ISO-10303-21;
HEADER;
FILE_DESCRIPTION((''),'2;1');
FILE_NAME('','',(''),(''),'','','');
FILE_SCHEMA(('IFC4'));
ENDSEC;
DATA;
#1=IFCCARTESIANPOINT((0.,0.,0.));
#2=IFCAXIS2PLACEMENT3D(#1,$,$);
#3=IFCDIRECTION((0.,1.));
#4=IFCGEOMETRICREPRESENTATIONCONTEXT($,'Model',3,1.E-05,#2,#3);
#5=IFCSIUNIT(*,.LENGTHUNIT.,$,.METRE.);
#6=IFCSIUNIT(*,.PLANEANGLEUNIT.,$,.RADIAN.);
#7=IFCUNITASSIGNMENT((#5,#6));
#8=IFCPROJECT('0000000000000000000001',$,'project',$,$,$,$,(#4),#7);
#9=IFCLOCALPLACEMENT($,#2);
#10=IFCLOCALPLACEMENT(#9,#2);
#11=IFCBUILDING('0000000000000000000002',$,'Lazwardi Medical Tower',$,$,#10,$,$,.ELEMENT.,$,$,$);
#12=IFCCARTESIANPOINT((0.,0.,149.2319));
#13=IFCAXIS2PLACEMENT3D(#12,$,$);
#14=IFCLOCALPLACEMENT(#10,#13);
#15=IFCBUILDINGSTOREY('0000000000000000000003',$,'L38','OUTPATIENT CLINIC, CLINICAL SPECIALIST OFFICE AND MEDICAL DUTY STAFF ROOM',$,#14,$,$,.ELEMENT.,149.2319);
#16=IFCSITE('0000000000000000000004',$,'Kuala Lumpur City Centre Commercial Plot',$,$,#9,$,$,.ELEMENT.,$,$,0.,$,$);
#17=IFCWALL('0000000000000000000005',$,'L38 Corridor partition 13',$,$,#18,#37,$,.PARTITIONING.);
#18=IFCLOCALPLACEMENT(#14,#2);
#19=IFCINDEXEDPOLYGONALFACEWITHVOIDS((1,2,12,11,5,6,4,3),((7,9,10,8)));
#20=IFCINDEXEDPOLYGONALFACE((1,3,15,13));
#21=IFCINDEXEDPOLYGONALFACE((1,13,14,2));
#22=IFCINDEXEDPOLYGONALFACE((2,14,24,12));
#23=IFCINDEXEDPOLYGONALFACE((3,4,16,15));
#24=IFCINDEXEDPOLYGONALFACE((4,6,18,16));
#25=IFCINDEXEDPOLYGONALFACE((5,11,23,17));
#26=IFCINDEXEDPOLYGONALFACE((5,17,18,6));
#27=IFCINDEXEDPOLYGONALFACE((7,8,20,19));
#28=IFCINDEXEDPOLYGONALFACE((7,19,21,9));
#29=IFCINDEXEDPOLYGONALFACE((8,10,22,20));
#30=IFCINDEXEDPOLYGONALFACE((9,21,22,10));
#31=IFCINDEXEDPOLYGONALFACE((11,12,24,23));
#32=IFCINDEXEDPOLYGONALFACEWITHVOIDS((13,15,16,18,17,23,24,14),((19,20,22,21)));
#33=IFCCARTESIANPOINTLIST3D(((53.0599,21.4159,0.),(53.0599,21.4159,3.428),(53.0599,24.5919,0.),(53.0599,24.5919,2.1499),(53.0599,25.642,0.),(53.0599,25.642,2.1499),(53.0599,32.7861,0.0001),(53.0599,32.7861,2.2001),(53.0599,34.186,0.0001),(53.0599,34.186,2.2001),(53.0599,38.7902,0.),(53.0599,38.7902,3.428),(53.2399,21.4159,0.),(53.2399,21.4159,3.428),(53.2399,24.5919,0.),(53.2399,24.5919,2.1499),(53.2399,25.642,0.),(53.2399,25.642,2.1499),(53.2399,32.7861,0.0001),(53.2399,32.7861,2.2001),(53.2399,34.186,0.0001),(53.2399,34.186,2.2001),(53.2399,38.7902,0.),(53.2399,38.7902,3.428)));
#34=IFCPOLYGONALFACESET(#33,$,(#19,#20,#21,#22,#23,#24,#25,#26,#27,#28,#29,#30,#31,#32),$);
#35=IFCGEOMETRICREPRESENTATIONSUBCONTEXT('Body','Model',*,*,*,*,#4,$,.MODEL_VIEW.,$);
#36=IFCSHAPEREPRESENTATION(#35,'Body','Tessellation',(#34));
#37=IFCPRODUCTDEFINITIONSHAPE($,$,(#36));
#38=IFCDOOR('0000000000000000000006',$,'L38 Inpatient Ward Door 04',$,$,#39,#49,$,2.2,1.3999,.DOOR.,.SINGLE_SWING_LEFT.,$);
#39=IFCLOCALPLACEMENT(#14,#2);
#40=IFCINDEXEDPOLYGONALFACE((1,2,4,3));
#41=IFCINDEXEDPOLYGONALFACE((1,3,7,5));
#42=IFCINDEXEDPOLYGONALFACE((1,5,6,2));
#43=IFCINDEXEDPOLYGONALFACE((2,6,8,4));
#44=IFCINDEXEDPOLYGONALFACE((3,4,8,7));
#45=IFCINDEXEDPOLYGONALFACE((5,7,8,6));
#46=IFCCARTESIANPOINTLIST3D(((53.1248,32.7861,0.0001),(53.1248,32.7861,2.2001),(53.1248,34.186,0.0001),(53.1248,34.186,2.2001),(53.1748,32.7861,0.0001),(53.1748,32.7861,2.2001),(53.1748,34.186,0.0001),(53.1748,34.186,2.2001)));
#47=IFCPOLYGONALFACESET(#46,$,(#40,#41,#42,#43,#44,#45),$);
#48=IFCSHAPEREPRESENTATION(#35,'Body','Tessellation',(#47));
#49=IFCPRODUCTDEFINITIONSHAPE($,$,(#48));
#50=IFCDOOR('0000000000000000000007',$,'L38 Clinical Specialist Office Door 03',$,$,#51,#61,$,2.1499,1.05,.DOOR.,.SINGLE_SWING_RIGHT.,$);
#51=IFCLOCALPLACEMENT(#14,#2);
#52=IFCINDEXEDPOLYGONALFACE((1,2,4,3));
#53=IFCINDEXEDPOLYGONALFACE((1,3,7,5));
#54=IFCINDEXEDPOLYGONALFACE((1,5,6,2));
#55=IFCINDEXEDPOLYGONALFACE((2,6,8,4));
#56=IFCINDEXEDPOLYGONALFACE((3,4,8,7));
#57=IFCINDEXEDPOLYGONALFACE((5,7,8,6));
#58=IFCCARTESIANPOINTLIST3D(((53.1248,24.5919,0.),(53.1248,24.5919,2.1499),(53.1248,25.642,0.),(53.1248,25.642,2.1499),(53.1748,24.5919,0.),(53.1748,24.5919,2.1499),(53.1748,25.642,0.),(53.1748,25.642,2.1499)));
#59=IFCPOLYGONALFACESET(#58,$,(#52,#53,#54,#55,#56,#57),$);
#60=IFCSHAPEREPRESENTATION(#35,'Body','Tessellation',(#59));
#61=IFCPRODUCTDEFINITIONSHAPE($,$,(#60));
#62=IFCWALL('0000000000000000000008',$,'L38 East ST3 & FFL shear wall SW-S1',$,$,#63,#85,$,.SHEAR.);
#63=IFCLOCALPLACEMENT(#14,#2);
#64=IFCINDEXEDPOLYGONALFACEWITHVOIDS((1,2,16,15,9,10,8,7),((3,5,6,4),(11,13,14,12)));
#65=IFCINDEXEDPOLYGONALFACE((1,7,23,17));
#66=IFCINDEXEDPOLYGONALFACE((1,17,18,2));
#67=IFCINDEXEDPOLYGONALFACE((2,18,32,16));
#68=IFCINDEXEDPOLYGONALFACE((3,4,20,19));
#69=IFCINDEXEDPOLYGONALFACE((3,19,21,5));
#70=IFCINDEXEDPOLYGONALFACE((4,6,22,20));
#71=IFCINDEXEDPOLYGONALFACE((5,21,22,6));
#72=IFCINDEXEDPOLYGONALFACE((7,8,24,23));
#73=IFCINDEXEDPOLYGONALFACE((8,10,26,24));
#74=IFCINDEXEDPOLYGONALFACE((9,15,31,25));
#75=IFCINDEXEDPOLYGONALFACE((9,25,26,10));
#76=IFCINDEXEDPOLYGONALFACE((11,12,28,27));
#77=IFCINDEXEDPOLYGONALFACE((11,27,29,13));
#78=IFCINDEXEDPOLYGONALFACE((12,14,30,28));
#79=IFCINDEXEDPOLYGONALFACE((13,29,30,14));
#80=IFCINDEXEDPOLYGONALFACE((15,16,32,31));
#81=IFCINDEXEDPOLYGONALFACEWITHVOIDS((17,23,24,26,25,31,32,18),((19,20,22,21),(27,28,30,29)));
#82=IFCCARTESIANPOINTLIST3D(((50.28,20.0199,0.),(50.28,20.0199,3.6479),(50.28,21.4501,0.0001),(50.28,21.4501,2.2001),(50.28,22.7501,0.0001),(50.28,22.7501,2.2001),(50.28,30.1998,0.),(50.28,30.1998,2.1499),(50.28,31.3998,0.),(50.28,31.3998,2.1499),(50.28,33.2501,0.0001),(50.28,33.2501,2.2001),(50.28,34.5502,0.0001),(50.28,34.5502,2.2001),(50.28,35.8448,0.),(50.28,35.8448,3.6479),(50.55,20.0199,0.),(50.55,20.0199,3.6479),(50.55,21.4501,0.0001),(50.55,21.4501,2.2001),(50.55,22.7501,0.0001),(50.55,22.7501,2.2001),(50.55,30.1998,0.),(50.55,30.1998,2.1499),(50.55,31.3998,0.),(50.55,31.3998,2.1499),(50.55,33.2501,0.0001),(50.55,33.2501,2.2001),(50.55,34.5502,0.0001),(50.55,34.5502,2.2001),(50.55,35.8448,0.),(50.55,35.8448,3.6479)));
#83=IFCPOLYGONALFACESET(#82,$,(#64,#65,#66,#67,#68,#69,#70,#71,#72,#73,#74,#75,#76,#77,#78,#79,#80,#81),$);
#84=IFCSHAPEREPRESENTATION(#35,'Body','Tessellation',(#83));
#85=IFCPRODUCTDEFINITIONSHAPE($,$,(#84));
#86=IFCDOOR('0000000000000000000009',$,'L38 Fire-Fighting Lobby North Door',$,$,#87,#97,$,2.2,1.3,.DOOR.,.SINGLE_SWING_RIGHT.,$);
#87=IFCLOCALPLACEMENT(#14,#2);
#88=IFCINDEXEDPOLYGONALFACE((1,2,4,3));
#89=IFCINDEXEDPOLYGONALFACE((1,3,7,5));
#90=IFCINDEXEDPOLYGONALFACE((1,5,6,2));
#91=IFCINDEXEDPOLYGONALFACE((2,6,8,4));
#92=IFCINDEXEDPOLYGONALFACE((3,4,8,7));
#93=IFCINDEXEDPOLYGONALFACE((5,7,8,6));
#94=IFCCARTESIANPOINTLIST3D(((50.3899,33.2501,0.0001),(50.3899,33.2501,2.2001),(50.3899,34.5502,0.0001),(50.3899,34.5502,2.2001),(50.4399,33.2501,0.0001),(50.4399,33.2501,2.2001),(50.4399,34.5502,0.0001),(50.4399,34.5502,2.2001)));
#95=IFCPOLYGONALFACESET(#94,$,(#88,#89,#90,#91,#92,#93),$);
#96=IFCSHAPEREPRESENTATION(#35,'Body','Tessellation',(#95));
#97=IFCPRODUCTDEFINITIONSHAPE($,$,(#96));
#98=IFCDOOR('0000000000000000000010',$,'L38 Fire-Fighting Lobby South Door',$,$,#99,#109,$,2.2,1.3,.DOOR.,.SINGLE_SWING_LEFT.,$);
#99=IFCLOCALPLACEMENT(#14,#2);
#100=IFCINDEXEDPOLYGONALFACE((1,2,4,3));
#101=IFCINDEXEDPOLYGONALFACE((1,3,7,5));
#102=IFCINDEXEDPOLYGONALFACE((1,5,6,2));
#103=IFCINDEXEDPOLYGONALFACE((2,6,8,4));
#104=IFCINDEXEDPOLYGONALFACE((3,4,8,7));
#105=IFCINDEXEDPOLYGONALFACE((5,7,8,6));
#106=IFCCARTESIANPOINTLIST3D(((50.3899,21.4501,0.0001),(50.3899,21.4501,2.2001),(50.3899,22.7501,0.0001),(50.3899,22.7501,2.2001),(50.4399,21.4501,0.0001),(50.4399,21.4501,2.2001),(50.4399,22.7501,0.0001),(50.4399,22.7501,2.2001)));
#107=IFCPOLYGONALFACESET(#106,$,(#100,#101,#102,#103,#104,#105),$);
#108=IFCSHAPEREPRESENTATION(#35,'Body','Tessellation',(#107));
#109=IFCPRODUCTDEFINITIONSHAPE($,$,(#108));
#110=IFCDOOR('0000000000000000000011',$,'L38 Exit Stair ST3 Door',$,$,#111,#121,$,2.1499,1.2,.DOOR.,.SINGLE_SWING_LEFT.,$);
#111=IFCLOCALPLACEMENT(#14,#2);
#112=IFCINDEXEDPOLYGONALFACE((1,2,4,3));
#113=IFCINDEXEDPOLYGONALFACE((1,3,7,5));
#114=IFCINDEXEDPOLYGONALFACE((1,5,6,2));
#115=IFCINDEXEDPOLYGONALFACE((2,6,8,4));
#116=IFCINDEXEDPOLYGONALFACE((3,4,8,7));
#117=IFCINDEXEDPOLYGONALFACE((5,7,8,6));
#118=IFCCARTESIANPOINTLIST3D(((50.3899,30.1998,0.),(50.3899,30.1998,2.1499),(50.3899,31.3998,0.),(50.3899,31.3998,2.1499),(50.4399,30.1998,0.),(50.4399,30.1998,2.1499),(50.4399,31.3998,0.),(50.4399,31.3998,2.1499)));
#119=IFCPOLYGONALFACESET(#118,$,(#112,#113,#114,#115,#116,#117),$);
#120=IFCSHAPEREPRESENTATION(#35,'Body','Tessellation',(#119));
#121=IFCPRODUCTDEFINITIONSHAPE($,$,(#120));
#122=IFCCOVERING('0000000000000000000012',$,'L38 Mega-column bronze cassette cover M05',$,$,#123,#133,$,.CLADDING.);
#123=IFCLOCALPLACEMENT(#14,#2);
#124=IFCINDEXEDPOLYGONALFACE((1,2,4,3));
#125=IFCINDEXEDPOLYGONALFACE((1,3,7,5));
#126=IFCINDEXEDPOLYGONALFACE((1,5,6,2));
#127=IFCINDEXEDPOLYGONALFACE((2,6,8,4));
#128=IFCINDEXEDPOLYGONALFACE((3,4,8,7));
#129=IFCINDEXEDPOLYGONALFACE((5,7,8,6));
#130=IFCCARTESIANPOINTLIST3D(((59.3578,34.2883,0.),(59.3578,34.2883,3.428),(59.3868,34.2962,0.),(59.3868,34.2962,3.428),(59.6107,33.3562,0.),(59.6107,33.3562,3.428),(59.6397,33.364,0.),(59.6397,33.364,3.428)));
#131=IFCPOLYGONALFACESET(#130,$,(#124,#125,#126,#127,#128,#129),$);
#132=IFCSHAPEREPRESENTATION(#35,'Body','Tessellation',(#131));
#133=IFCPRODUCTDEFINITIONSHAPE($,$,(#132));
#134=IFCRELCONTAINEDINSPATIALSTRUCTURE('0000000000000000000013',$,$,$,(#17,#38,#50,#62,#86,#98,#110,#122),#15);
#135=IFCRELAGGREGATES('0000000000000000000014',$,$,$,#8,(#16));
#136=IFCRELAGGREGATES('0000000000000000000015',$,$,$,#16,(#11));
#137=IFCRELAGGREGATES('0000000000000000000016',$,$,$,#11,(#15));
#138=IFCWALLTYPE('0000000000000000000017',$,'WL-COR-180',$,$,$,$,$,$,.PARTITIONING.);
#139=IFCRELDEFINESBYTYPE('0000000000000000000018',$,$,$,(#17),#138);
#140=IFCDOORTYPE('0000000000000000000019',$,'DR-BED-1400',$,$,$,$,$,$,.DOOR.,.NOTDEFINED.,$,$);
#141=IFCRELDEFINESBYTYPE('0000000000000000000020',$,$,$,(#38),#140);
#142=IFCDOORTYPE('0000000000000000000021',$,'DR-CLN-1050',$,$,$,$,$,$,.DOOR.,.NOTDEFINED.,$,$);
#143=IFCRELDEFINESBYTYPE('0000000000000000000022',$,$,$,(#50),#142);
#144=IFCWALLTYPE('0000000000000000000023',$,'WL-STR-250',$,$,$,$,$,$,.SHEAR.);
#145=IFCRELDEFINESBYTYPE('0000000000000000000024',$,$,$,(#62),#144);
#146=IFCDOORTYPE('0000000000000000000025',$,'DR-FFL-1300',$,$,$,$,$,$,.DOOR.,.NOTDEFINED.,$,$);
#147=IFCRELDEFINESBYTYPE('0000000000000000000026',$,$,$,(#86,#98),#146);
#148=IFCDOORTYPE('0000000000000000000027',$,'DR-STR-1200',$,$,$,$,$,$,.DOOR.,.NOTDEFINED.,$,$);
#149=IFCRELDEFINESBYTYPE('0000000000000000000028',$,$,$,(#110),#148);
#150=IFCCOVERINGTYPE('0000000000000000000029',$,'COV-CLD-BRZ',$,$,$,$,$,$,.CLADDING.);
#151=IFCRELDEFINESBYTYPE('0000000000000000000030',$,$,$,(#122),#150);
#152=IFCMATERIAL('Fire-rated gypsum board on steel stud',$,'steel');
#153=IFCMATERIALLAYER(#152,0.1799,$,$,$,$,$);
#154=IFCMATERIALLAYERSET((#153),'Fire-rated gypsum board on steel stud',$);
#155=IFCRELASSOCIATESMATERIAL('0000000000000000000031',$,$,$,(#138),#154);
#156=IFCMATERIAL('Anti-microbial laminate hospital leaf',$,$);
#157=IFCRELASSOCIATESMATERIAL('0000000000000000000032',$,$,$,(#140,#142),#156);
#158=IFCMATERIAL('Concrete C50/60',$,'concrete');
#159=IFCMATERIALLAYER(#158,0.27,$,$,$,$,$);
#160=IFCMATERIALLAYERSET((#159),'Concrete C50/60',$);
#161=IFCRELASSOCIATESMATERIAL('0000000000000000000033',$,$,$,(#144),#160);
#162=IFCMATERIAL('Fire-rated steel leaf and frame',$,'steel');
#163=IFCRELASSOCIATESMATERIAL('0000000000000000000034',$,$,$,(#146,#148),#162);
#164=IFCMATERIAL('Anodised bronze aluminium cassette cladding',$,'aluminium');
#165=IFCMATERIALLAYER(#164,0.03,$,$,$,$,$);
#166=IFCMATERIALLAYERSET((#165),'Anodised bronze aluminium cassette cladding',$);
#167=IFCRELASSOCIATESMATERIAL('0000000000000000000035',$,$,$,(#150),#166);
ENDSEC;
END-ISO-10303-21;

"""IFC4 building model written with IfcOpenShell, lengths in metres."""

from ifc_helpers import new_model, si_unit, direction, frame, frame_2d, origin, origin_2d, place, context, subcontext, project, spatial, rectangle, extrude, material, layer, layer_set, type_object, element, fill, save


model = new_model("IFC4")

# Units and contexts
model_context = context("Model", 3, precision=1e-05, world=origin(), true_north=direction((0.0, 1.0)))
body_context = subcontext(model_context, "Body", "Model", "MODEL_VIEW")
ifc_project = project(units=[si_unit("LENGTHUNIT", "METRE"), si_unit("PLANEANGLEUNIT", "RADIAN")], contexts=[model_context])

# Site, building, storey
site_placement = place(None, origin())
site = spatial("IfcSite", under=ifc_project, at=site_placement, Name="Kuala Lumpur City Centre Commercial Plot", CompositionType="ELEMENT", RefElevation=0.0)
building_placement = place(site_placement, origin())
building = spatial("IfcBuilding", under=site, at=building_placement, Name="Lazwardi Medical Tower", CompositionType="ELEMENT")
storey_placement = place(building_placement, frame((0.0, 0.0, 149.2319)))
storey = spatial("IfcBuildingStorey", under=building, at=storey_placement, Name="L38", Description="OUTPATIENT CLINIC, CLINICAL SPECIALIST OFFICE AND MEDICAL DUTY STAFF ROOM", CompositionType="ELEMENT", Elevation=149.2319)

# Walls, openings, doors
ifc_material_1 = material(Name="Fire-rated gypsum board on steel stud", Category="steel")
ifc_layer_1 = layer(ifc_material_1, 0.1799)
ifc_layer_set_1 = layer_set([ifc_layer_1], Name="Fire-rated gypsum board on steel stud")
wall_type_1 = type_object("IfcWallType", Name="WL-COR-180", PredefinedType="PARTITIONING", material=ifc_layer_set_1)
wall_1_placement = place(storey_placement, frame((53.1499, 38.79, 0.0), z_axis=(0.0, 0.0, 1.0), x_axis=(0.0, -1.0, 0.0)))
wall_1 = element("IfcWall", 1, at=wall_1_placement, inside=storey, type_object=wall_type_1, Name="L38 Corridor partition 13", PredefinedType="PARTITIONING", context=body_context, shape_type="SweptSolid", body=[
    extrude(rectangle(XDim=17.3743, YDim=0.1799, at=frame_2d((8.687, 0.0))), origin(), (0.0, 0.0, 1.0), 3.428),
])
opening_1_placement = place(wall_1_placement, frame((13.1482, 0.0, 0.0)))
opening_1 = element("IfcOpeningElement", 2, at=opening_1_placement, cuts=wall_1, PredefinedType="OPENING", context=body_context, shape_type="SweptSolid", body=[
    extrude(rectangle(XDim=1.05, YDim=2.1499, at=frame_2d((0.5249, 1.075))), frame((0.0, 0.0999, 0.0), z_axis=(0.0, -1.0, 0.0), x_axis=(1.0, 0.0, 0.0)), (0.0, 0.0, 1.0), 0.2),
])
opening_2_placement = place(wall_1_placement, frame((4.604, 0.0, 0.0)))
opening_2 = element("IfcOpeningElement", 3, at=opening_2_placement, cuts=wall_1, PredefinedType="OPENING", context=body_context, shape_type="SweptSolid", body=[
    extrude(rectangle(XDim=1.3999, YDim=2.2, at=frame_2d((0.7, 1.1001))), frame((0.0, 0.0999, 0.0), z_axis=(0.0, -1.0, 0.0), x_axis=(1.0, 0.0, 0.0)), (0.0, 0.0, 1.0), 0.2),
])
ifc_material_2 = material(Name="Anti-microbial laminate hospital leaf")
door_type_1 = type_object("IfcDoorType", Name="DR-BED-1400", OperationType="NOTDEFINED", PredefinedType="DOOR", material=ifc_material_2)
door_1_placement = place(opening_2_placement, origin())
door_1 = element("IfcDoor", 4, at=door_1_placement, inside=storey, type_object=door_type_1, Name="L38 Inpatient Ward Door 04", OperationType="SINGLE_SWING_LEFT", OverallHeight=2.2, OverallWidth=1.3999, PredefinedType="DOOR", context=body_context, shape_type="SweptSolid", body=[
    extrude(rectangle(XDim=1.3999, YDim=2.2, at=frame_2d((0.7, 1.1001))), frame((0.0, 0.0249, 0.0), z_axis=(0.0, -1.0, 0.0), x_axis=(1.0, 0.0, 0.0)), (0.0, 0.0, 1.0), 0.05),
])
fill(opening_2, door_1)
door_type_2 = type_object("IfcDoorType", Name="DR-CLN-1050", OperationType="NOTDEFINED", PredefinedType="DOOR", material=ifc_material_2)
door_2_placement = place(opening_1_placement, origin())
door_2 = element("IfcDoor", 5, at=door_2_placement, inside=storey, type_object=door_type_2, Name="L38 Clinical Specialist Office Door 03", OperationType="SINGLE_SWING_RIGHT", OverallHeight=2.1499, OverallWidth=1.05, PredefinedType="DOOR", context=body_context, shape_type="SweptSolid", body=[
    extrude(rectangle(XDim=1.05, YDim=2.1499, at=frame_2d((0.5249, 1.075))), frame((0.0, 0.0249, 0.0), z_axis=(0.0, -1.0, 0.0), x_axis=(1.0, 0.0, 0.0)), (0.0, 0.0, 1.0), 0.05),
])
fill(opening_1, door_2)
ifc_material_3 = material(Name="Concrete C50/60", Category="concrete")
ifc_layer_2 = layer(ifc_material_3, 0.27)
ifc_layer_set_2 = layer_set([ifc_layer_2], Name="Concrete C50/60")
wall_type_2 = type_object("IfcWallType", Name="WL-STR-250", PredefinedType="SHEAR", material=ifc_layer_set_2)
wall_2_placement = place(storey_placement, frame((50.415, 35.845, 0.0), z_axis=(0.0, 0.0, 1.0), x_axis=(0.0, -1.0, 0.0)))
wall_2 = element("IfcWall", 6, at=wall_2_placement, inside=storey, type_object=wall_type_2, Name="L38 East ST3 & FFL shear wall SW-S1", PredefinedType="SHEAR", context=body_context, shape_type="SweptSolid", body=[
    extrude(rectangle(XDim=15.825, YDim=0.27, at=frame_2d((7.9126, 0.0))), origin(), (0.0, 0.0, 1.0), 3.6479),
])
opening_3_placement = place(wall_2_placement, frame((4.4451, 0.0, 0.0)))
opening_3 = element("IfcOpeningElement", 7, at=opening_3_placement, cuts=wall_2, PredefinedType="OPENING", context=body_context, shape_type="SweptSolid", body=[
    extrude(rectangle(XDim=1.2, YDim=2.1499, at=frame_2d((0.6001, 1.075))), frame((0.0, 0.145, 0.0), z_axis=(0.0, -1.0, 0.0), x_axis=(1.0, 0.0, 0.0)), (0.0, 0.0, 1.0), 0.29),
])
opening_4_placement = place(wall_2_placement, frame((1.2949, 0.0, 0.0)))
opening_4 = element("IfcOpeningElement", 8, at=opening_4_placement, cuts=wall_2, PredefinedType="OPENING", context=body_context, shape_type="SweptSolid", body=[
    extrude(rectangle(XDim=1.3, YDim=2.2, at=frame_2d((0.6499, 1.1001))), frame((0.0, 0.145, 0.0), z_axis=(0.0, -1.0, 0.0), x_axis=(1.0, 0.0, 0.0)), (0.0, 0.0, 1.0), 0.29),
])
opening_5_placement = place(wall_2_placement, frame((13.095, 0.0, 0.0)))
opening_5 = element("IfcOpeningElement", 9, at=opening_5_placement, cuts=wall_2, PredefinedType="OPENING", context=body_context, shape_type="SweptSolid", body=[
    extrude(rectangle(XDim=1.3, YDim=2.2, at=frame_2d((0.6499, 1.1001))), frame((0.0, 0.145, 0.0), z_axis=(0.0, -1.0, 0.0), x_axis=(1.0, 0.0, 0.0)), (0.0, 0.0, 1.0), 0.29),
])
ifc_material_4 = material(Name="Fire-rated steel leaf and frame", Category="steel")
door_type_3 = type_object("IfcDoorType", Name="DR-FFL-1300", OperationType="NOTDEFINED", PredefinedType="DOOR", material=ifc_material_4)
door_3_placement = place(opening_4_placement, origin())
door_3 = element("IfcDoor", 10, at=door_3_placement, inside=storey, type_object=door_type_3, Name="L38 Fire-Fighting Lobby North Door", OperationType="SINGLE_SWING_RIGHT", OverallHeight=2.2, OverallWidth=1.3, PredefinedType="DOOR", context=body_context, shape_type="SweptSolid", body=[
    extrude(rectangle(XDim=1.3, YDim=2.2, at=frame_2d((0.6499, 1.1001))), frame((0.0, 0.0249, 0.0), z_axis=(0.0, -1.0, 0.0), x_axis=(1.0, 0.0, 0.0)), (0.0, 0.0, 1.0), 0.05),
])
fill(opening_4, door_3)
door_4_placement = place(opening_5_placement, origin())
door_4 = element("IfcDoor", 11, at=door_4_placement, inside=storey, type_object=door_type_3, Name="L38 Fire-Fighting Lobby South Door", OperationType="SINGLE_SWING_LEFT", OverallHeight=2.2, OverallWidth=1.3, PredefinedType="DOOR", context=body_context, shape_type="SweptSolid", body=[
    extrude(rectangle(XDim=1.3, YDim=2.2, at=frame_2d((0.6499, 1.1001))), frame((0.0, 0.0249, 0.0), z_axis=(0.0, -1.0, 0.0), x_axis=(1.0, 0.0, 0.0)), (0.0, 0.0, 1.0), 0.05),
])
fill(opening_5, door_4)
door_type_4 = type_object("IfcDoorType", Name="DR-STR-1200", OperationType="NOTDEFINED", PredefinedType="DOOR", material=ifc_material_4)
door_5_placement = place(opening_3_placement, origin())
door_5 = element("IfcDoor", 12, at=door_5_placement, inside=storey, type_object=door_type_4, Name="L38 Exit Stair ST3 Door", OperationType="SINGLE_SWING_LEFT", OverallHeight=2.1499, OverallWidth=1.2, PredefinedType="DOOR", context=body_context, shape_type="SweptSolid", body=[
    extrude(rectangle(XDim=1.2, YDim=2.1499, at=frame_2d((0.6001, 1.075))), frame((0.0, 0.0249, 0.0), z_axis=(0.0, -1.0, 0.0), x_axis=(1.0, 0.0, 0.0)), (0.0, 0.0, 1.0), 0.05),
])
fill(opening_3, door_5)

# Covering
ifc_material_5 = material(Name="Anodised bronze aluminium cassette cladding", Category="aluminium")
ifc_layer_3 = layer(ifc_material_5, 0.03)
ifc_layer_set_3 = layer_set([ifc_layer_3], Name="Anodised bronze aluminium cassette cladding")
covering_type = type_object("IfcCoveringType", Name="COV-CLD-BRZ", PredefinedType="CLADDING", material=ifc_layer_set_3)
covering_placement = place(storey_placement, frame((59.4988, 33.8262, 0.0), z_axis=(0.0, 0.0, 1.0), x_axis=(-0.261829, 0.965114, 0.0)))
element("IfcCovering", 13, at=covering_placement, inside=storey, type_object=covering_type, Name="L38 Mega-column bronze cassette cover M05", PredefinedType="CLADDING", context=body_context, shape_type="SweptSolid", body=[
    extrude(rectangle(XDim=0.9658, YDim=0.03, at=origin_2d()), origin(), (0.0, 0.0, 1.0), 3.428),
])

save(model, "model.ifc")
